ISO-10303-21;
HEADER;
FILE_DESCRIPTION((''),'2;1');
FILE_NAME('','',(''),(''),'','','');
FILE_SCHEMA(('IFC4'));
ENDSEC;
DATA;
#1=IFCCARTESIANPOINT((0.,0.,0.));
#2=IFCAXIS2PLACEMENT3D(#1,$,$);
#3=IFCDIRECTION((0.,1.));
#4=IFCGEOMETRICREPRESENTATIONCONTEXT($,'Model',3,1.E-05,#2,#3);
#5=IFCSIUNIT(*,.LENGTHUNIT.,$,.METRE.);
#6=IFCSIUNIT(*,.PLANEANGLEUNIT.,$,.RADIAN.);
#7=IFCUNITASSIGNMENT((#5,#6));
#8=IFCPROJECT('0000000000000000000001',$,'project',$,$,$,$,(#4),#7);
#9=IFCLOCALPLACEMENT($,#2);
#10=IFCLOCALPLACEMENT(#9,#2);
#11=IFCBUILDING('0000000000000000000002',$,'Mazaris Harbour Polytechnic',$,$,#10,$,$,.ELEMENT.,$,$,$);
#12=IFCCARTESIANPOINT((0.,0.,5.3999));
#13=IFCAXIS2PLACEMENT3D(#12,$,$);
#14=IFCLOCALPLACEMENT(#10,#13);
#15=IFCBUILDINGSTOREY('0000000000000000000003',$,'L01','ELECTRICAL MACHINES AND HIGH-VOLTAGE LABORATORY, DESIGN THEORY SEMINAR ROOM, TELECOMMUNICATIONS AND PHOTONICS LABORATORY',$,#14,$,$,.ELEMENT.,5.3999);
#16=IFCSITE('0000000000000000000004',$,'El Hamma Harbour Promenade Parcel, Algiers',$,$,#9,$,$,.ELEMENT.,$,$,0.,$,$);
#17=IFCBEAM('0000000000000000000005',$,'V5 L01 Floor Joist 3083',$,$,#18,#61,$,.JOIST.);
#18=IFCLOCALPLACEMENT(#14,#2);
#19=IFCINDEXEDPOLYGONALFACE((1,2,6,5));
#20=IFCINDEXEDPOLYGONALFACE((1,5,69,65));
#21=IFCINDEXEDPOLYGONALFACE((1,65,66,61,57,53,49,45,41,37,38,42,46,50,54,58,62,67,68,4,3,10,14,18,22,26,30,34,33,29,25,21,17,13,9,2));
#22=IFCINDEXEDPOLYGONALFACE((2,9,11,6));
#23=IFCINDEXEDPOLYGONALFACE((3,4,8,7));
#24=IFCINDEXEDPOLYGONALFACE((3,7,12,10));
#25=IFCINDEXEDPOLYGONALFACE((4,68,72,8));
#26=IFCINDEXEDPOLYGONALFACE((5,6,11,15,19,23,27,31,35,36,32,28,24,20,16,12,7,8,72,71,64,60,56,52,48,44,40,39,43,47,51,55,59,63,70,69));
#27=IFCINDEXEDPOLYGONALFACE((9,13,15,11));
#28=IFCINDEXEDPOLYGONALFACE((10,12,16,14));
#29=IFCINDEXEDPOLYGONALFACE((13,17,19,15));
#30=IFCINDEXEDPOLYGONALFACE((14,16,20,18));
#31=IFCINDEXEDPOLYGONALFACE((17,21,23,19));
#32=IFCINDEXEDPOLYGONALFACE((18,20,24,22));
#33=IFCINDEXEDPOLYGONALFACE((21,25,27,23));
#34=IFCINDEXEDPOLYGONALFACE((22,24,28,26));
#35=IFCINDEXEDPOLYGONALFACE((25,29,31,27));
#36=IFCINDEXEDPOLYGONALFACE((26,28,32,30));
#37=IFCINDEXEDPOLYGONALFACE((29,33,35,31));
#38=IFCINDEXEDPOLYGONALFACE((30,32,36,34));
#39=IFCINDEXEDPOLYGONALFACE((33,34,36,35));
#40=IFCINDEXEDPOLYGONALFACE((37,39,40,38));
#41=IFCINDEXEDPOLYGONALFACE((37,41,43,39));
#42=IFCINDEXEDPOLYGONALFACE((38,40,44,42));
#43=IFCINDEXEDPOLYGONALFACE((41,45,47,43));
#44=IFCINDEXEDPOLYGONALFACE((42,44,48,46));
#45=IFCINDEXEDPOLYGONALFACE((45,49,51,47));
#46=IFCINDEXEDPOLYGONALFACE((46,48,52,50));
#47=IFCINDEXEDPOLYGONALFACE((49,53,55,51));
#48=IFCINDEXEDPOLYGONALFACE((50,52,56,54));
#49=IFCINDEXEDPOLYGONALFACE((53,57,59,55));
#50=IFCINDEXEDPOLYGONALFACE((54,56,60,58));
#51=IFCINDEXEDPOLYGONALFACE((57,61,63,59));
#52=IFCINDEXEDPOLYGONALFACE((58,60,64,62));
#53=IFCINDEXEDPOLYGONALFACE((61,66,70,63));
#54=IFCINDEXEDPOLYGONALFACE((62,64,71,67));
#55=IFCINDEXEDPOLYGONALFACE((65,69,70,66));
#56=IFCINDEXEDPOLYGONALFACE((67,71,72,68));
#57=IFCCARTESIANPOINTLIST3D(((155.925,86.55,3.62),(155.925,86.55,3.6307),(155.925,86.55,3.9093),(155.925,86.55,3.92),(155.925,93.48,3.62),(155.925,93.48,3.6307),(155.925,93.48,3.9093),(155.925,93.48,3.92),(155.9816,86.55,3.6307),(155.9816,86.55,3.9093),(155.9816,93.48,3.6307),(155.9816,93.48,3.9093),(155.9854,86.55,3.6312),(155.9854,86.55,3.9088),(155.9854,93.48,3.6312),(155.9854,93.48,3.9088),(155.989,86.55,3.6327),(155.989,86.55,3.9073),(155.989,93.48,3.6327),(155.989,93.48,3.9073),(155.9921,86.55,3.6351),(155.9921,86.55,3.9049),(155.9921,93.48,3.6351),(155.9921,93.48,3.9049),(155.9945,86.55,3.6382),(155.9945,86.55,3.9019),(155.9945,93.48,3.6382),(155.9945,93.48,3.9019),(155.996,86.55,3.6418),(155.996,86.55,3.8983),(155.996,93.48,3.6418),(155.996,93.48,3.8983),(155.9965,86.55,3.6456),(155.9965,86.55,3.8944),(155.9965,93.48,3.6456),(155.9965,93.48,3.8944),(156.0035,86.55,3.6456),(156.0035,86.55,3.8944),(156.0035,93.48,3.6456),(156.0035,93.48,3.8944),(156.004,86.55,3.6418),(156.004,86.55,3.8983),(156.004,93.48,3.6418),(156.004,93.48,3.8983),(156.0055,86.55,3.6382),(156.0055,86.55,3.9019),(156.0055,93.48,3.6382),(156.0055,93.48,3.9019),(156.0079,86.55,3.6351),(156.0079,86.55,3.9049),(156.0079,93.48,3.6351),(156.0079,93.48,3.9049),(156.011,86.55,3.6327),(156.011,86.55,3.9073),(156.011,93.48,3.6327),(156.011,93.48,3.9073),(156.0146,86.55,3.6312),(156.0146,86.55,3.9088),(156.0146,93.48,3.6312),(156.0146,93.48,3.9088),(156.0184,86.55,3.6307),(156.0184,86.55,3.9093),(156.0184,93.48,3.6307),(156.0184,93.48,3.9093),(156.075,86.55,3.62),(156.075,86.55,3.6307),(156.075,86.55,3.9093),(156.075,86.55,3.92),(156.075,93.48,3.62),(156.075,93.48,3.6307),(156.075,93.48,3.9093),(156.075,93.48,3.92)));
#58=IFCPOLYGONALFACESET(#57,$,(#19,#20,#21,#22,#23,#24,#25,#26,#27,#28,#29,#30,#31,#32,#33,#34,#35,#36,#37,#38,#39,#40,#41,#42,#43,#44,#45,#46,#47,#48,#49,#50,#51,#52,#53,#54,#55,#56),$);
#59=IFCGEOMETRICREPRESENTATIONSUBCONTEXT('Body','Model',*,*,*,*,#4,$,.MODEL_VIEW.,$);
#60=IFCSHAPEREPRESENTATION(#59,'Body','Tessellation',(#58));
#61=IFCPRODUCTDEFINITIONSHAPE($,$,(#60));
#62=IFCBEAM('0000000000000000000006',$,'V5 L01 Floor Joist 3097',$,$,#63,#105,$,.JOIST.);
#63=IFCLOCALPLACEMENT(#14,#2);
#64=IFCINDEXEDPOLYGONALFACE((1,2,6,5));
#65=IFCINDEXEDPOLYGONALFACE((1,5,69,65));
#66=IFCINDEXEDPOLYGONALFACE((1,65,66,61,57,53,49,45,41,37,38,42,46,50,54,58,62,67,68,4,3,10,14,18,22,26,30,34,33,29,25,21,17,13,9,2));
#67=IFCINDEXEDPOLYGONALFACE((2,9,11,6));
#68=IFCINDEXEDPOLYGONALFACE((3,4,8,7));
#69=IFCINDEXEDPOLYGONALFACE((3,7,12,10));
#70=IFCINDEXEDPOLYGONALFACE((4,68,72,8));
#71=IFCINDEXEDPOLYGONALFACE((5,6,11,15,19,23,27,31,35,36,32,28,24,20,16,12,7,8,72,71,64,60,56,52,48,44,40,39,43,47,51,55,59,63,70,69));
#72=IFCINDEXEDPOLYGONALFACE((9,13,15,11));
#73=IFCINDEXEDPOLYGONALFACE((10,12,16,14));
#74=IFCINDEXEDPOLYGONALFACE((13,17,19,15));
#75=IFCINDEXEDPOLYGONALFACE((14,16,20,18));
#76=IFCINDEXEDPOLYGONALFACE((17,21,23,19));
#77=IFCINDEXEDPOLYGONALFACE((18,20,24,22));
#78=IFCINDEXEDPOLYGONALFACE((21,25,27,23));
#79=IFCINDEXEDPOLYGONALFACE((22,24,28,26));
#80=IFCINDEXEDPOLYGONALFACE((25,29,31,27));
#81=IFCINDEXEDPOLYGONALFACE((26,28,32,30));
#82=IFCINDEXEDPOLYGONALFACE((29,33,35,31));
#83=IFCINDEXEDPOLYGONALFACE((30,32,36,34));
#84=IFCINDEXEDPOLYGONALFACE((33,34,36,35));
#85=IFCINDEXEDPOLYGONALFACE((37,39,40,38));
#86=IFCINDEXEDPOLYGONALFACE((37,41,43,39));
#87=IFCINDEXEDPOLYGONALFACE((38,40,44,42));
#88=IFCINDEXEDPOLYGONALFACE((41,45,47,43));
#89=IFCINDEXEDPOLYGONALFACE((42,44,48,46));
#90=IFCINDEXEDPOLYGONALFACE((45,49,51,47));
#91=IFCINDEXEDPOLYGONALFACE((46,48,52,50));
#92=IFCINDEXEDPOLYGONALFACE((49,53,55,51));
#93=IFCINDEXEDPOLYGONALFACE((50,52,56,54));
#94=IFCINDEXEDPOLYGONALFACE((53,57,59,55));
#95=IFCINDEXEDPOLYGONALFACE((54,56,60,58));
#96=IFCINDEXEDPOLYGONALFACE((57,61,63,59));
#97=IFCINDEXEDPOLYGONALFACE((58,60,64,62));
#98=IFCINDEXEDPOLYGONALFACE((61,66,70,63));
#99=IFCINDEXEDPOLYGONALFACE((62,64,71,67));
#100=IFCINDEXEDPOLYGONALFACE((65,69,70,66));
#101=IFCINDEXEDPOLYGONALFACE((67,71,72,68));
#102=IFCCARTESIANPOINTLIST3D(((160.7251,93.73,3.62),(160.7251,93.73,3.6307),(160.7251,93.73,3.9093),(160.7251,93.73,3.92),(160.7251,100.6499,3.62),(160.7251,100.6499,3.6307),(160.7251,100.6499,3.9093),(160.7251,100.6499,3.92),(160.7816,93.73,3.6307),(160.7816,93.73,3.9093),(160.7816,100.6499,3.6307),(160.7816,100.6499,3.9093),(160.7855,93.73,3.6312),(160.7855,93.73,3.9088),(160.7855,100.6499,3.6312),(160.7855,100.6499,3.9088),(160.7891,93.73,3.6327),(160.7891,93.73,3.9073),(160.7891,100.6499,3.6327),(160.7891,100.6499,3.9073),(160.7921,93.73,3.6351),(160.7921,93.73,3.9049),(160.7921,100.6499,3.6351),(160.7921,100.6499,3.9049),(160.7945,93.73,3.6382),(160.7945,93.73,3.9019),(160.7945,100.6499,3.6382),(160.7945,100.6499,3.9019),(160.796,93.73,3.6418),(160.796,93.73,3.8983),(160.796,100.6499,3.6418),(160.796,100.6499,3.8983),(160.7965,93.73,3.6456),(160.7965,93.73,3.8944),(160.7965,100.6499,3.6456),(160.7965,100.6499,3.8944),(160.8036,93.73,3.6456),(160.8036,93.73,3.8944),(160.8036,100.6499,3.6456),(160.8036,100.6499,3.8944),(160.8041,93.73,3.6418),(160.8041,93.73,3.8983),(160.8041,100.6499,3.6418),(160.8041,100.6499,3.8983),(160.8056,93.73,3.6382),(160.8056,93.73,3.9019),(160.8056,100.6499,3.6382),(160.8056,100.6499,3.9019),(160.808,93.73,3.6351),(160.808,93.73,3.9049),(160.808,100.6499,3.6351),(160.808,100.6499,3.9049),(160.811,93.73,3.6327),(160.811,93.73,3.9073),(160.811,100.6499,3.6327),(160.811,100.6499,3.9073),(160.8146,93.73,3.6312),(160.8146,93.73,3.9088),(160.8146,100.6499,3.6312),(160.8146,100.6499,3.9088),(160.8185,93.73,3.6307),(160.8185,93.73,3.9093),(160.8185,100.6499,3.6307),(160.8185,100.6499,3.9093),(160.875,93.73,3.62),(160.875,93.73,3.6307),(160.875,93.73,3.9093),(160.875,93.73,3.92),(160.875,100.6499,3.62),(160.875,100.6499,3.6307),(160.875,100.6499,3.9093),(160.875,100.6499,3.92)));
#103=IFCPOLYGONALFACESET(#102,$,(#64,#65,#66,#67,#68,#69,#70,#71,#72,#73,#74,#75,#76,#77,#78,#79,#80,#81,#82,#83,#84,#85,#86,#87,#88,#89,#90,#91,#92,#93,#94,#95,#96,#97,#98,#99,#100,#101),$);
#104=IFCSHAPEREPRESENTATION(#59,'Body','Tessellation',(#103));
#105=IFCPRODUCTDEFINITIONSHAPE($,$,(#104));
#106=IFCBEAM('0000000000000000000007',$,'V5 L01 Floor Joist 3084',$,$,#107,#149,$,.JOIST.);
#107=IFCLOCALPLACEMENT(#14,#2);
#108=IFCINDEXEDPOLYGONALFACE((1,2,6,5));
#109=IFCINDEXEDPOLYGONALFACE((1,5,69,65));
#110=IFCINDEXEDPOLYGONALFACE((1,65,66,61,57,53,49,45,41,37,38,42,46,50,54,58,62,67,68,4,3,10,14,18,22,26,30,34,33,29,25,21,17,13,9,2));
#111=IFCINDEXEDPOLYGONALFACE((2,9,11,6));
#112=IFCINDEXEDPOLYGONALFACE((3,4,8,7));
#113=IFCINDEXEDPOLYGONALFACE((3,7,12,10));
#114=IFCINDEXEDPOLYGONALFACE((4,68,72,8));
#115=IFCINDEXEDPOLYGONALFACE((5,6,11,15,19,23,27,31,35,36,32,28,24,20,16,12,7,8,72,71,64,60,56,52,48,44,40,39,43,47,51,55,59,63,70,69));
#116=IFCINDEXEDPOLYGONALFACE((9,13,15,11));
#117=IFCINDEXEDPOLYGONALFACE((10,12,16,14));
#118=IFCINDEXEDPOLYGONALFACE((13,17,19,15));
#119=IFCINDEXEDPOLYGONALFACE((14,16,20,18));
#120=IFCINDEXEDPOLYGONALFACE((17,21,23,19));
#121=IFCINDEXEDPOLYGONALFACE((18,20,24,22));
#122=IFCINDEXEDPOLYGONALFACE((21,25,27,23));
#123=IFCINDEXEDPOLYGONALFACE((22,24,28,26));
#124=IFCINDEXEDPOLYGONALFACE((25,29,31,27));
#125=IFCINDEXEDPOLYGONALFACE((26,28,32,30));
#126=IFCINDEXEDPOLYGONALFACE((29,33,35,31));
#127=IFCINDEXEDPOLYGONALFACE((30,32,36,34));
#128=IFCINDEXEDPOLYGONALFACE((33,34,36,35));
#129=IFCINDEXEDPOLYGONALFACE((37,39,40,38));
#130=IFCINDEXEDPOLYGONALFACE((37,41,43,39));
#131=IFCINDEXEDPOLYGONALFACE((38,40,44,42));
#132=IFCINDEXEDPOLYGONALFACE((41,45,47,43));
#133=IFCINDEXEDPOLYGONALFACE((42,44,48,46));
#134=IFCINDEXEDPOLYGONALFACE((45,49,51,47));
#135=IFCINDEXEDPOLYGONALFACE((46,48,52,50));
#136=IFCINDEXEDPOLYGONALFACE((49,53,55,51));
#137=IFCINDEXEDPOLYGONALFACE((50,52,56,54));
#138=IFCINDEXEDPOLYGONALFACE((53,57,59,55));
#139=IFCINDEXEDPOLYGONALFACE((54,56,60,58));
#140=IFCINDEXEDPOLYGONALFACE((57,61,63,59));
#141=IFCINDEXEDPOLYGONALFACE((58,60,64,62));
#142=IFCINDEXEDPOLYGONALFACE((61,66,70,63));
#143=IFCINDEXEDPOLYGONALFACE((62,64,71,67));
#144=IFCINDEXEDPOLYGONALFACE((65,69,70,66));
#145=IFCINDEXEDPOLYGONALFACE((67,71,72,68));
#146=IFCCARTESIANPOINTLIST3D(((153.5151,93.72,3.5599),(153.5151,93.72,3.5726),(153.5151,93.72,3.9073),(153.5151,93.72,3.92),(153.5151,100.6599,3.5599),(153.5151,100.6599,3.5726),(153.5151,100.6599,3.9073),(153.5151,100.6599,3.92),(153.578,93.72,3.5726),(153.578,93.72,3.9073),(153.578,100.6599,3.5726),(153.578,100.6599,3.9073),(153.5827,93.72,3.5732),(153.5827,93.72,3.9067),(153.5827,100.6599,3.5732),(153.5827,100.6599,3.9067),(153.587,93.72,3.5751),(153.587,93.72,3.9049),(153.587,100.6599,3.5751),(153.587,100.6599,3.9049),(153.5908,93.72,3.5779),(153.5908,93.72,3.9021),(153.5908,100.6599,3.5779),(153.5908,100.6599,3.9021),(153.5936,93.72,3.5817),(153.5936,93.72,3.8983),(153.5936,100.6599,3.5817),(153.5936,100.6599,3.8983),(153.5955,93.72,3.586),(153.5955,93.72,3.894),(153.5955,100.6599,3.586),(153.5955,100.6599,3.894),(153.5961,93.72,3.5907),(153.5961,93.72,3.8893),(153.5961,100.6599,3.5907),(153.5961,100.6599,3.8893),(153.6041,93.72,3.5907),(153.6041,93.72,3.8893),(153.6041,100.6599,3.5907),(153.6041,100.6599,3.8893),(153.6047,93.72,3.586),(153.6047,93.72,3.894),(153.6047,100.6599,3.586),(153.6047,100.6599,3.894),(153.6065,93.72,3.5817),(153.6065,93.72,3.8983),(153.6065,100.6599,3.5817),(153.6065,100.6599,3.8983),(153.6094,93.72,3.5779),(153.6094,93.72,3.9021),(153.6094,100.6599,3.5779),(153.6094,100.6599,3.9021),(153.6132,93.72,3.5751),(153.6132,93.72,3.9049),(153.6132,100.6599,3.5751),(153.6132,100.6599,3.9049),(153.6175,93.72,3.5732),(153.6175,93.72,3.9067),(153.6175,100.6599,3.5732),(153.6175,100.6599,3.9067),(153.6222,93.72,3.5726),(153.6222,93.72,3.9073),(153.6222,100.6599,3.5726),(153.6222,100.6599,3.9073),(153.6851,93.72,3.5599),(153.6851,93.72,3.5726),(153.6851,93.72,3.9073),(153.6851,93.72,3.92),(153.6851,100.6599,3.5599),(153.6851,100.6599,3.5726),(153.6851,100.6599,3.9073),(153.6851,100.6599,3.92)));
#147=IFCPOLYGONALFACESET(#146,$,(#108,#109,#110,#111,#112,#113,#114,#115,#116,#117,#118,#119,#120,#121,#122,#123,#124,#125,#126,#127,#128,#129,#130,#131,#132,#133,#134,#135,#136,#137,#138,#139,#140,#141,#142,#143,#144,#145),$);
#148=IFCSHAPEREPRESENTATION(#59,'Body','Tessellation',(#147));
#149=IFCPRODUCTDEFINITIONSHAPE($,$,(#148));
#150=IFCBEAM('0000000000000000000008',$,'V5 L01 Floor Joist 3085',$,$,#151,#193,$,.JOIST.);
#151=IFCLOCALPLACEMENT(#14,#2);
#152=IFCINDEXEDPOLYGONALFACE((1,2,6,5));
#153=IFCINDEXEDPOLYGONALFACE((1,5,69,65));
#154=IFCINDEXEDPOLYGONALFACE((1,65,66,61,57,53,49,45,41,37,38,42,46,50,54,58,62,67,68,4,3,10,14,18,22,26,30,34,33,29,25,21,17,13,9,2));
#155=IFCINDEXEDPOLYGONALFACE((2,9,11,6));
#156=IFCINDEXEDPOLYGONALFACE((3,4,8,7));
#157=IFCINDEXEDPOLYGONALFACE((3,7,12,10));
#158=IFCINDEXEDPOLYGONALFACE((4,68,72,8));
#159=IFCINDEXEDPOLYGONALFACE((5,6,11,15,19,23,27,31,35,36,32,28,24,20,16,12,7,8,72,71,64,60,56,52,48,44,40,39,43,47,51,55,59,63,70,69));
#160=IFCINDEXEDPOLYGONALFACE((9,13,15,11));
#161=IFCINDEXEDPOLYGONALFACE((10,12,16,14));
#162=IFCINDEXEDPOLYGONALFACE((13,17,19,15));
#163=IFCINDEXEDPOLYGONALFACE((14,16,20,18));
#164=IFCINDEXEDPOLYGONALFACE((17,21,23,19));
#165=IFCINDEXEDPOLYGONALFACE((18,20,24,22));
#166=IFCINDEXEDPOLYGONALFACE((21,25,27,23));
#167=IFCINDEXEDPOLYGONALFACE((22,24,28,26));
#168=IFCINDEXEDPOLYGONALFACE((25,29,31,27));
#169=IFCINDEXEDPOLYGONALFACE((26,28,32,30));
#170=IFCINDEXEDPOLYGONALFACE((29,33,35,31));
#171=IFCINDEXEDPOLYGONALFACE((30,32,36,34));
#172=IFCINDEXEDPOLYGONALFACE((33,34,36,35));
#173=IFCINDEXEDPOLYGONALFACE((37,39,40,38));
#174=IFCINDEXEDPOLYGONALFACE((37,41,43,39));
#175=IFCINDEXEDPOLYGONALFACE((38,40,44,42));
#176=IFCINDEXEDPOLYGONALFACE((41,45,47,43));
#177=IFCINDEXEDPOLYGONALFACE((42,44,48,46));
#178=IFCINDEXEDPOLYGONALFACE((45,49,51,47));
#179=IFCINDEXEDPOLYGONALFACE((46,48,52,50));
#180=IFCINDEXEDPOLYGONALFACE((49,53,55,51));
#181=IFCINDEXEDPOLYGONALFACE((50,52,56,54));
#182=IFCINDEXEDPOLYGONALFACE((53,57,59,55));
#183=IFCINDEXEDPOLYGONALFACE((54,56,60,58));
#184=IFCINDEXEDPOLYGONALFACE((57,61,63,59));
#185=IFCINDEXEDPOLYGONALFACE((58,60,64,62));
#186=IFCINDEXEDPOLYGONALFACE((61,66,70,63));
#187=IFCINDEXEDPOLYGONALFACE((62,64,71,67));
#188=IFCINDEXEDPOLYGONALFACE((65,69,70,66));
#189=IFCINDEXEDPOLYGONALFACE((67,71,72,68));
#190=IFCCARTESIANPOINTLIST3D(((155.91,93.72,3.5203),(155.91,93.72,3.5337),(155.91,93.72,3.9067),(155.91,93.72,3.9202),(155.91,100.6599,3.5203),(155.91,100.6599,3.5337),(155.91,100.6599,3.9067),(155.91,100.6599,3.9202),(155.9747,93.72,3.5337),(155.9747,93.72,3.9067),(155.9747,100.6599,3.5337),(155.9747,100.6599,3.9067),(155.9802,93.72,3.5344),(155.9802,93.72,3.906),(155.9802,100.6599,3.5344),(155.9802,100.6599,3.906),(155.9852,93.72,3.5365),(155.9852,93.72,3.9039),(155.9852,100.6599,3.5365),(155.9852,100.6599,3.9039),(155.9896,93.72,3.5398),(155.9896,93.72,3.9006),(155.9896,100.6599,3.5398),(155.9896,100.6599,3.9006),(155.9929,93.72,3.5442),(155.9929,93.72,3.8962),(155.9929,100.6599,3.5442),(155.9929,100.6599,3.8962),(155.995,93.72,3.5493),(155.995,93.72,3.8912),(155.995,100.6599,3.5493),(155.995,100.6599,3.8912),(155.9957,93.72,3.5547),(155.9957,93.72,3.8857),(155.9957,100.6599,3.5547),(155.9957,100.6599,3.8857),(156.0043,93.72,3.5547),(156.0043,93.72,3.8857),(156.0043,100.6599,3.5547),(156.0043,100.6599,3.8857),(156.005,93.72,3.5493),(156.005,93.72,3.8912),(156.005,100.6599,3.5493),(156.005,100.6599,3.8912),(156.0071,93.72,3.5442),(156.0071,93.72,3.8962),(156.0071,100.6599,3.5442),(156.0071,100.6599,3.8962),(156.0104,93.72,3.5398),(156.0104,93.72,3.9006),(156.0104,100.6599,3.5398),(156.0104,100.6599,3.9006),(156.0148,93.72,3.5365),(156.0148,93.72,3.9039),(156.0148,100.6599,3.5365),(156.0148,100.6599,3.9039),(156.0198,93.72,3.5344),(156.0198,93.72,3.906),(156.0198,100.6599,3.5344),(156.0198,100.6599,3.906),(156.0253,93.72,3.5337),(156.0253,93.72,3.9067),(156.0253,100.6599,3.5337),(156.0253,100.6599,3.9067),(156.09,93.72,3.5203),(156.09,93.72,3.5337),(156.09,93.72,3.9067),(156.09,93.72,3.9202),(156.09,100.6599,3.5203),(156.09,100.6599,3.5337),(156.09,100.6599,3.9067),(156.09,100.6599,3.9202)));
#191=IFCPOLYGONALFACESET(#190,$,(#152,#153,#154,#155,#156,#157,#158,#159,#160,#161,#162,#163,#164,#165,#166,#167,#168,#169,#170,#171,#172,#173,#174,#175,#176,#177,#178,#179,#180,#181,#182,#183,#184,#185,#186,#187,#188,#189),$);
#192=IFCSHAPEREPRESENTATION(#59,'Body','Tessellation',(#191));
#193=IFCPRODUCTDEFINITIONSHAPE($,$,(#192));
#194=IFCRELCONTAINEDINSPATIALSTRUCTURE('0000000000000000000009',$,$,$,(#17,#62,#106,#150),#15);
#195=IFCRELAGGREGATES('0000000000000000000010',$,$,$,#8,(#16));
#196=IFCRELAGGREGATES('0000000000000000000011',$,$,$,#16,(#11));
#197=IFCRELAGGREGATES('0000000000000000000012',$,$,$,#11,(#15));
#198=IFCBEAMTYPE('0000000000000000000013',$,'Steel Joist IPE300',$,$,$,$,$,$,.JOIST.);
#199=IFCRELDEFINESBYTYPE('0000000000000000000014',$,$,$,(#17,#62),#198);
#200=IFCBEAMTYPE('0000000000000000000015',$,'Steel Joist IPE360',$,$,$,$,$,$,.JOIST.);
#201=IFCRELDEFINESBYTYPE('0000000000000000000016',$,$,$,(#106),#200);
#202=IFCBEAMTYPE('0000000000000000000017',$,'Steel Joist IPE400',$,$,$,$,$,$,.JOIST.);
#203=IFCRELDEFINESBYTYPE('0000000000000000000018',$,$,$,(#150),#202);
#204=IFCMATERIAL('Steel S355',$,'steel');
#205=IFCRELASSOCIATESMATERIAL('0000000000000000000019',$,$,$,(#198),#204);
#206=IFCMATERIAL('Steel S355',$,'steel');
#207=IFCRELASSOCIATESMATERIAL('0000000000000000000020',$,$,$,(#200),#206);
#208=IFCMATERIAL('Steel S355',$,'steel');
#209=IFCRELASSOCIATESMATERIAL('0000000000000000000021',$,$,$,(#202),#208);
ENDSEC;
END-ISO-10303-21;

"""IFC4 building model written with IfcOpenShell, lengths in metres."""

from ifc_helpers import new_model, si_unit, direction, frame, origin, origin_2d, place, context, subcontext, project, spatial, i_section, extrude, material, material_profile, profile_set, type_object, element, save


model = new_model("IFC4")

# Units and contexts
model_context = context("Model", 3, precision=1e-05, world=origin(), true_north=direction((0.0, 1.0)))
body_context = subcontext(model_context, "Body", "Model", "MODEL_VIEW")
ifc_project = project(units=[si_unit("LENGTHUNIT", "METRE"), si_unit("PLANEANGLEUNIT", "RADIAN")], contexts=[model_context])

# Site, building, storey
site_placement = place(None, origin())
site = spatial("IfcSite", under=ifc_project, at=site_placement, Name="El Hamma Harbour Promenade Parcel, Algiers", CompositionType="ELEMENT", RefElevation=0.0)
building_placement = place(site_placement, origin())
building = spatial("IfcBuilding", under=site, at=building_placement, Name="Mazaris Harbour Polytechnic", CompositionType="ELEMENT")
storey_placement = place(building_placement, frame((0.0, 0.0, 5.3999)))
storey = spatial("IfcBuildingStorey", under=building, at=storey_placement, Name="L01", Description="ELECTRICAL MACHINES AND HIGH-VOLTAGE LABORATORY, DESIGN THEORY SEMINAR ROOM, TELECOMMUNICATIONS AND PHOTONICS LABORATORY", CompositionType="ELEMENT", Elevation=5.3999)

# Beams
ifc_material_1 = material(Name="Steel S355", Category="steel")
ifc_material_profile_1 = material_profile(ifc_material_1, i_section(OverallWidth=0.1499, OverallDepth=0.3, WebThickness=0.0071, FlangeThickness=0.0107, FilletRadius=0.0149, at=origin_2d()), Name="IPE 300")
ifc_profile_set_1 = profile_set([ifc_material_profile_1], Name="Steel S355")
beam_type_1 = type_object("IfcBeamType", Name="Steel Joist IPE300", PredefinedType="JOIST", material=ifc_profile_set_1)
beam_1_placement = place(storey_placement, frame((156.0, 86.55, 3.77), z_axis=(0.0, 1.0, 0.0), x_axis=(-1.0, 0.0, 0.0)))
element("IfcBeam", 1, at=beam_1_placement, inside=storey, type_object=beam_type_1, Name="V5 L01 Floor Joist 3083", PredefinedType="JOIST", context=body_context, shape_type="SweptSolid", body=[
    extrude(i_section(OverallWidth=0.1499, OverallDepth=0.3, WebThickness=0.0071, FlangeThickness=0.0107, FilletRadius=0.0149, at=origin_2d()), origin(), (0.0, 0.0, 1.0), 6.9299),
])
beam_2_placement = place(storey_placement, frame((160.8, 93.73, 3.77), z_axis=(0.0, 1.0, 0.0), x_axis=(-1.0, 0.0, 0.0)))
element("IfcBeam", 2, at=beam_2_placement, inside=storey, type_object=beam_type_1, Name="V5 L01 Floor Joist 3097", PredefinedType="JOIST", context=body_context, shape_type="SweptSolid", body=[
    extrude(i_section(OverallWidth=0.1499, OverallDepth=0.3, WebThickness=0.0071, FlangeThickness=0.0107, FilletRadius=0.0149, at=origin_2d()), origin(), (0.0, 0.0, 1.0), 6.9199),
])
ifc_material_2 = material(Name="Steel S355", Category="steel")
ifc_material_profile_2 = material_profile(ifc_material_2, i_section(OverallWidth=0.1699, OverallDepth=0.3601, WebThickness=0.0081, FlangeThickness=0.0127, FilletRadius=0.0181, at=origin_2d()), Name="IPE 360")
ifc_profile_set_2 = profile_set([ifc_material_profile_2], Name="Steel S355")
beam_type_2 = type_object("IfcBeamType", Name="Steel Joist IPE360", PredefinedType="JOIST", material=ifc_profile_set_2)
beam_3_placement = place(storey_placement, frame((153.6001, 93.72, 3.74), z_axis=(0.0, 1.0, 0.0), x_axis=(-1.0, 0.0, 0.0)))
element("IfcBeam", 3, at=beam_3_placement, inside=storey, type_object=beam_type_2, Name="V5 L01 Floor Joist 3084", PredefinedType="JOIST", context=body_context, shape_type="SweptSolid", body=[
    extrude(i_section(OverallWidth=0.1699, OverallDepth=0.3601, WebThickness=0.0081, FlangeThickness=0.0127, FilletRadius=0.0181, at=origin_2d()), origin(), (0.0, 0.0, 1.0), 6.9399),
])
ifc_material_3 = material(Name="Steel S355", Category="steel")
ifc_material_profile_3 = material_profile(ifc_material_3, i_section(OverallWidth=0.1799, OverallDepth=0.3999, WebThickness=0.0085, FlangeThickness=0.0134, FilletRadius=0.021, at=origin_2d()), Name="IPE 400")
ifc_profile_set_3 = profile_set([ifc_material_profile_3], Name="Steel S355")
beam_type_3 = type_object("IfcBeamType", Name="Steel Joist IPE400", PredefinedType="JOIST", material=ifc_profile_set_3)
beam_4_placement = place(storey_placement, frame((156.0, 93.72, 3.7202), z_axis=(0.0, 1.0, 0.0), x_axis=(-1.0, 0.0, 0.0)))
element("IfcBeam", 4, at=beam_4_placement, inside=storey, type_object=beam_type_3, Name="V5 L01 Floor Joist 3085", PredefinedType="JOIST", context=body_context, shape_type="SweptSolid", body=[
    extrude(i_section(OverallWidth=0.1799, OverallDepth=0.3999, WebThickness=0.0085, FlangeThickness=0.0134, FilletRadius=0.021, at=origin_2d()), origin(), (0.0, 0.0, 1.0), 6.9399),
])

save(model, "model.ifc")
